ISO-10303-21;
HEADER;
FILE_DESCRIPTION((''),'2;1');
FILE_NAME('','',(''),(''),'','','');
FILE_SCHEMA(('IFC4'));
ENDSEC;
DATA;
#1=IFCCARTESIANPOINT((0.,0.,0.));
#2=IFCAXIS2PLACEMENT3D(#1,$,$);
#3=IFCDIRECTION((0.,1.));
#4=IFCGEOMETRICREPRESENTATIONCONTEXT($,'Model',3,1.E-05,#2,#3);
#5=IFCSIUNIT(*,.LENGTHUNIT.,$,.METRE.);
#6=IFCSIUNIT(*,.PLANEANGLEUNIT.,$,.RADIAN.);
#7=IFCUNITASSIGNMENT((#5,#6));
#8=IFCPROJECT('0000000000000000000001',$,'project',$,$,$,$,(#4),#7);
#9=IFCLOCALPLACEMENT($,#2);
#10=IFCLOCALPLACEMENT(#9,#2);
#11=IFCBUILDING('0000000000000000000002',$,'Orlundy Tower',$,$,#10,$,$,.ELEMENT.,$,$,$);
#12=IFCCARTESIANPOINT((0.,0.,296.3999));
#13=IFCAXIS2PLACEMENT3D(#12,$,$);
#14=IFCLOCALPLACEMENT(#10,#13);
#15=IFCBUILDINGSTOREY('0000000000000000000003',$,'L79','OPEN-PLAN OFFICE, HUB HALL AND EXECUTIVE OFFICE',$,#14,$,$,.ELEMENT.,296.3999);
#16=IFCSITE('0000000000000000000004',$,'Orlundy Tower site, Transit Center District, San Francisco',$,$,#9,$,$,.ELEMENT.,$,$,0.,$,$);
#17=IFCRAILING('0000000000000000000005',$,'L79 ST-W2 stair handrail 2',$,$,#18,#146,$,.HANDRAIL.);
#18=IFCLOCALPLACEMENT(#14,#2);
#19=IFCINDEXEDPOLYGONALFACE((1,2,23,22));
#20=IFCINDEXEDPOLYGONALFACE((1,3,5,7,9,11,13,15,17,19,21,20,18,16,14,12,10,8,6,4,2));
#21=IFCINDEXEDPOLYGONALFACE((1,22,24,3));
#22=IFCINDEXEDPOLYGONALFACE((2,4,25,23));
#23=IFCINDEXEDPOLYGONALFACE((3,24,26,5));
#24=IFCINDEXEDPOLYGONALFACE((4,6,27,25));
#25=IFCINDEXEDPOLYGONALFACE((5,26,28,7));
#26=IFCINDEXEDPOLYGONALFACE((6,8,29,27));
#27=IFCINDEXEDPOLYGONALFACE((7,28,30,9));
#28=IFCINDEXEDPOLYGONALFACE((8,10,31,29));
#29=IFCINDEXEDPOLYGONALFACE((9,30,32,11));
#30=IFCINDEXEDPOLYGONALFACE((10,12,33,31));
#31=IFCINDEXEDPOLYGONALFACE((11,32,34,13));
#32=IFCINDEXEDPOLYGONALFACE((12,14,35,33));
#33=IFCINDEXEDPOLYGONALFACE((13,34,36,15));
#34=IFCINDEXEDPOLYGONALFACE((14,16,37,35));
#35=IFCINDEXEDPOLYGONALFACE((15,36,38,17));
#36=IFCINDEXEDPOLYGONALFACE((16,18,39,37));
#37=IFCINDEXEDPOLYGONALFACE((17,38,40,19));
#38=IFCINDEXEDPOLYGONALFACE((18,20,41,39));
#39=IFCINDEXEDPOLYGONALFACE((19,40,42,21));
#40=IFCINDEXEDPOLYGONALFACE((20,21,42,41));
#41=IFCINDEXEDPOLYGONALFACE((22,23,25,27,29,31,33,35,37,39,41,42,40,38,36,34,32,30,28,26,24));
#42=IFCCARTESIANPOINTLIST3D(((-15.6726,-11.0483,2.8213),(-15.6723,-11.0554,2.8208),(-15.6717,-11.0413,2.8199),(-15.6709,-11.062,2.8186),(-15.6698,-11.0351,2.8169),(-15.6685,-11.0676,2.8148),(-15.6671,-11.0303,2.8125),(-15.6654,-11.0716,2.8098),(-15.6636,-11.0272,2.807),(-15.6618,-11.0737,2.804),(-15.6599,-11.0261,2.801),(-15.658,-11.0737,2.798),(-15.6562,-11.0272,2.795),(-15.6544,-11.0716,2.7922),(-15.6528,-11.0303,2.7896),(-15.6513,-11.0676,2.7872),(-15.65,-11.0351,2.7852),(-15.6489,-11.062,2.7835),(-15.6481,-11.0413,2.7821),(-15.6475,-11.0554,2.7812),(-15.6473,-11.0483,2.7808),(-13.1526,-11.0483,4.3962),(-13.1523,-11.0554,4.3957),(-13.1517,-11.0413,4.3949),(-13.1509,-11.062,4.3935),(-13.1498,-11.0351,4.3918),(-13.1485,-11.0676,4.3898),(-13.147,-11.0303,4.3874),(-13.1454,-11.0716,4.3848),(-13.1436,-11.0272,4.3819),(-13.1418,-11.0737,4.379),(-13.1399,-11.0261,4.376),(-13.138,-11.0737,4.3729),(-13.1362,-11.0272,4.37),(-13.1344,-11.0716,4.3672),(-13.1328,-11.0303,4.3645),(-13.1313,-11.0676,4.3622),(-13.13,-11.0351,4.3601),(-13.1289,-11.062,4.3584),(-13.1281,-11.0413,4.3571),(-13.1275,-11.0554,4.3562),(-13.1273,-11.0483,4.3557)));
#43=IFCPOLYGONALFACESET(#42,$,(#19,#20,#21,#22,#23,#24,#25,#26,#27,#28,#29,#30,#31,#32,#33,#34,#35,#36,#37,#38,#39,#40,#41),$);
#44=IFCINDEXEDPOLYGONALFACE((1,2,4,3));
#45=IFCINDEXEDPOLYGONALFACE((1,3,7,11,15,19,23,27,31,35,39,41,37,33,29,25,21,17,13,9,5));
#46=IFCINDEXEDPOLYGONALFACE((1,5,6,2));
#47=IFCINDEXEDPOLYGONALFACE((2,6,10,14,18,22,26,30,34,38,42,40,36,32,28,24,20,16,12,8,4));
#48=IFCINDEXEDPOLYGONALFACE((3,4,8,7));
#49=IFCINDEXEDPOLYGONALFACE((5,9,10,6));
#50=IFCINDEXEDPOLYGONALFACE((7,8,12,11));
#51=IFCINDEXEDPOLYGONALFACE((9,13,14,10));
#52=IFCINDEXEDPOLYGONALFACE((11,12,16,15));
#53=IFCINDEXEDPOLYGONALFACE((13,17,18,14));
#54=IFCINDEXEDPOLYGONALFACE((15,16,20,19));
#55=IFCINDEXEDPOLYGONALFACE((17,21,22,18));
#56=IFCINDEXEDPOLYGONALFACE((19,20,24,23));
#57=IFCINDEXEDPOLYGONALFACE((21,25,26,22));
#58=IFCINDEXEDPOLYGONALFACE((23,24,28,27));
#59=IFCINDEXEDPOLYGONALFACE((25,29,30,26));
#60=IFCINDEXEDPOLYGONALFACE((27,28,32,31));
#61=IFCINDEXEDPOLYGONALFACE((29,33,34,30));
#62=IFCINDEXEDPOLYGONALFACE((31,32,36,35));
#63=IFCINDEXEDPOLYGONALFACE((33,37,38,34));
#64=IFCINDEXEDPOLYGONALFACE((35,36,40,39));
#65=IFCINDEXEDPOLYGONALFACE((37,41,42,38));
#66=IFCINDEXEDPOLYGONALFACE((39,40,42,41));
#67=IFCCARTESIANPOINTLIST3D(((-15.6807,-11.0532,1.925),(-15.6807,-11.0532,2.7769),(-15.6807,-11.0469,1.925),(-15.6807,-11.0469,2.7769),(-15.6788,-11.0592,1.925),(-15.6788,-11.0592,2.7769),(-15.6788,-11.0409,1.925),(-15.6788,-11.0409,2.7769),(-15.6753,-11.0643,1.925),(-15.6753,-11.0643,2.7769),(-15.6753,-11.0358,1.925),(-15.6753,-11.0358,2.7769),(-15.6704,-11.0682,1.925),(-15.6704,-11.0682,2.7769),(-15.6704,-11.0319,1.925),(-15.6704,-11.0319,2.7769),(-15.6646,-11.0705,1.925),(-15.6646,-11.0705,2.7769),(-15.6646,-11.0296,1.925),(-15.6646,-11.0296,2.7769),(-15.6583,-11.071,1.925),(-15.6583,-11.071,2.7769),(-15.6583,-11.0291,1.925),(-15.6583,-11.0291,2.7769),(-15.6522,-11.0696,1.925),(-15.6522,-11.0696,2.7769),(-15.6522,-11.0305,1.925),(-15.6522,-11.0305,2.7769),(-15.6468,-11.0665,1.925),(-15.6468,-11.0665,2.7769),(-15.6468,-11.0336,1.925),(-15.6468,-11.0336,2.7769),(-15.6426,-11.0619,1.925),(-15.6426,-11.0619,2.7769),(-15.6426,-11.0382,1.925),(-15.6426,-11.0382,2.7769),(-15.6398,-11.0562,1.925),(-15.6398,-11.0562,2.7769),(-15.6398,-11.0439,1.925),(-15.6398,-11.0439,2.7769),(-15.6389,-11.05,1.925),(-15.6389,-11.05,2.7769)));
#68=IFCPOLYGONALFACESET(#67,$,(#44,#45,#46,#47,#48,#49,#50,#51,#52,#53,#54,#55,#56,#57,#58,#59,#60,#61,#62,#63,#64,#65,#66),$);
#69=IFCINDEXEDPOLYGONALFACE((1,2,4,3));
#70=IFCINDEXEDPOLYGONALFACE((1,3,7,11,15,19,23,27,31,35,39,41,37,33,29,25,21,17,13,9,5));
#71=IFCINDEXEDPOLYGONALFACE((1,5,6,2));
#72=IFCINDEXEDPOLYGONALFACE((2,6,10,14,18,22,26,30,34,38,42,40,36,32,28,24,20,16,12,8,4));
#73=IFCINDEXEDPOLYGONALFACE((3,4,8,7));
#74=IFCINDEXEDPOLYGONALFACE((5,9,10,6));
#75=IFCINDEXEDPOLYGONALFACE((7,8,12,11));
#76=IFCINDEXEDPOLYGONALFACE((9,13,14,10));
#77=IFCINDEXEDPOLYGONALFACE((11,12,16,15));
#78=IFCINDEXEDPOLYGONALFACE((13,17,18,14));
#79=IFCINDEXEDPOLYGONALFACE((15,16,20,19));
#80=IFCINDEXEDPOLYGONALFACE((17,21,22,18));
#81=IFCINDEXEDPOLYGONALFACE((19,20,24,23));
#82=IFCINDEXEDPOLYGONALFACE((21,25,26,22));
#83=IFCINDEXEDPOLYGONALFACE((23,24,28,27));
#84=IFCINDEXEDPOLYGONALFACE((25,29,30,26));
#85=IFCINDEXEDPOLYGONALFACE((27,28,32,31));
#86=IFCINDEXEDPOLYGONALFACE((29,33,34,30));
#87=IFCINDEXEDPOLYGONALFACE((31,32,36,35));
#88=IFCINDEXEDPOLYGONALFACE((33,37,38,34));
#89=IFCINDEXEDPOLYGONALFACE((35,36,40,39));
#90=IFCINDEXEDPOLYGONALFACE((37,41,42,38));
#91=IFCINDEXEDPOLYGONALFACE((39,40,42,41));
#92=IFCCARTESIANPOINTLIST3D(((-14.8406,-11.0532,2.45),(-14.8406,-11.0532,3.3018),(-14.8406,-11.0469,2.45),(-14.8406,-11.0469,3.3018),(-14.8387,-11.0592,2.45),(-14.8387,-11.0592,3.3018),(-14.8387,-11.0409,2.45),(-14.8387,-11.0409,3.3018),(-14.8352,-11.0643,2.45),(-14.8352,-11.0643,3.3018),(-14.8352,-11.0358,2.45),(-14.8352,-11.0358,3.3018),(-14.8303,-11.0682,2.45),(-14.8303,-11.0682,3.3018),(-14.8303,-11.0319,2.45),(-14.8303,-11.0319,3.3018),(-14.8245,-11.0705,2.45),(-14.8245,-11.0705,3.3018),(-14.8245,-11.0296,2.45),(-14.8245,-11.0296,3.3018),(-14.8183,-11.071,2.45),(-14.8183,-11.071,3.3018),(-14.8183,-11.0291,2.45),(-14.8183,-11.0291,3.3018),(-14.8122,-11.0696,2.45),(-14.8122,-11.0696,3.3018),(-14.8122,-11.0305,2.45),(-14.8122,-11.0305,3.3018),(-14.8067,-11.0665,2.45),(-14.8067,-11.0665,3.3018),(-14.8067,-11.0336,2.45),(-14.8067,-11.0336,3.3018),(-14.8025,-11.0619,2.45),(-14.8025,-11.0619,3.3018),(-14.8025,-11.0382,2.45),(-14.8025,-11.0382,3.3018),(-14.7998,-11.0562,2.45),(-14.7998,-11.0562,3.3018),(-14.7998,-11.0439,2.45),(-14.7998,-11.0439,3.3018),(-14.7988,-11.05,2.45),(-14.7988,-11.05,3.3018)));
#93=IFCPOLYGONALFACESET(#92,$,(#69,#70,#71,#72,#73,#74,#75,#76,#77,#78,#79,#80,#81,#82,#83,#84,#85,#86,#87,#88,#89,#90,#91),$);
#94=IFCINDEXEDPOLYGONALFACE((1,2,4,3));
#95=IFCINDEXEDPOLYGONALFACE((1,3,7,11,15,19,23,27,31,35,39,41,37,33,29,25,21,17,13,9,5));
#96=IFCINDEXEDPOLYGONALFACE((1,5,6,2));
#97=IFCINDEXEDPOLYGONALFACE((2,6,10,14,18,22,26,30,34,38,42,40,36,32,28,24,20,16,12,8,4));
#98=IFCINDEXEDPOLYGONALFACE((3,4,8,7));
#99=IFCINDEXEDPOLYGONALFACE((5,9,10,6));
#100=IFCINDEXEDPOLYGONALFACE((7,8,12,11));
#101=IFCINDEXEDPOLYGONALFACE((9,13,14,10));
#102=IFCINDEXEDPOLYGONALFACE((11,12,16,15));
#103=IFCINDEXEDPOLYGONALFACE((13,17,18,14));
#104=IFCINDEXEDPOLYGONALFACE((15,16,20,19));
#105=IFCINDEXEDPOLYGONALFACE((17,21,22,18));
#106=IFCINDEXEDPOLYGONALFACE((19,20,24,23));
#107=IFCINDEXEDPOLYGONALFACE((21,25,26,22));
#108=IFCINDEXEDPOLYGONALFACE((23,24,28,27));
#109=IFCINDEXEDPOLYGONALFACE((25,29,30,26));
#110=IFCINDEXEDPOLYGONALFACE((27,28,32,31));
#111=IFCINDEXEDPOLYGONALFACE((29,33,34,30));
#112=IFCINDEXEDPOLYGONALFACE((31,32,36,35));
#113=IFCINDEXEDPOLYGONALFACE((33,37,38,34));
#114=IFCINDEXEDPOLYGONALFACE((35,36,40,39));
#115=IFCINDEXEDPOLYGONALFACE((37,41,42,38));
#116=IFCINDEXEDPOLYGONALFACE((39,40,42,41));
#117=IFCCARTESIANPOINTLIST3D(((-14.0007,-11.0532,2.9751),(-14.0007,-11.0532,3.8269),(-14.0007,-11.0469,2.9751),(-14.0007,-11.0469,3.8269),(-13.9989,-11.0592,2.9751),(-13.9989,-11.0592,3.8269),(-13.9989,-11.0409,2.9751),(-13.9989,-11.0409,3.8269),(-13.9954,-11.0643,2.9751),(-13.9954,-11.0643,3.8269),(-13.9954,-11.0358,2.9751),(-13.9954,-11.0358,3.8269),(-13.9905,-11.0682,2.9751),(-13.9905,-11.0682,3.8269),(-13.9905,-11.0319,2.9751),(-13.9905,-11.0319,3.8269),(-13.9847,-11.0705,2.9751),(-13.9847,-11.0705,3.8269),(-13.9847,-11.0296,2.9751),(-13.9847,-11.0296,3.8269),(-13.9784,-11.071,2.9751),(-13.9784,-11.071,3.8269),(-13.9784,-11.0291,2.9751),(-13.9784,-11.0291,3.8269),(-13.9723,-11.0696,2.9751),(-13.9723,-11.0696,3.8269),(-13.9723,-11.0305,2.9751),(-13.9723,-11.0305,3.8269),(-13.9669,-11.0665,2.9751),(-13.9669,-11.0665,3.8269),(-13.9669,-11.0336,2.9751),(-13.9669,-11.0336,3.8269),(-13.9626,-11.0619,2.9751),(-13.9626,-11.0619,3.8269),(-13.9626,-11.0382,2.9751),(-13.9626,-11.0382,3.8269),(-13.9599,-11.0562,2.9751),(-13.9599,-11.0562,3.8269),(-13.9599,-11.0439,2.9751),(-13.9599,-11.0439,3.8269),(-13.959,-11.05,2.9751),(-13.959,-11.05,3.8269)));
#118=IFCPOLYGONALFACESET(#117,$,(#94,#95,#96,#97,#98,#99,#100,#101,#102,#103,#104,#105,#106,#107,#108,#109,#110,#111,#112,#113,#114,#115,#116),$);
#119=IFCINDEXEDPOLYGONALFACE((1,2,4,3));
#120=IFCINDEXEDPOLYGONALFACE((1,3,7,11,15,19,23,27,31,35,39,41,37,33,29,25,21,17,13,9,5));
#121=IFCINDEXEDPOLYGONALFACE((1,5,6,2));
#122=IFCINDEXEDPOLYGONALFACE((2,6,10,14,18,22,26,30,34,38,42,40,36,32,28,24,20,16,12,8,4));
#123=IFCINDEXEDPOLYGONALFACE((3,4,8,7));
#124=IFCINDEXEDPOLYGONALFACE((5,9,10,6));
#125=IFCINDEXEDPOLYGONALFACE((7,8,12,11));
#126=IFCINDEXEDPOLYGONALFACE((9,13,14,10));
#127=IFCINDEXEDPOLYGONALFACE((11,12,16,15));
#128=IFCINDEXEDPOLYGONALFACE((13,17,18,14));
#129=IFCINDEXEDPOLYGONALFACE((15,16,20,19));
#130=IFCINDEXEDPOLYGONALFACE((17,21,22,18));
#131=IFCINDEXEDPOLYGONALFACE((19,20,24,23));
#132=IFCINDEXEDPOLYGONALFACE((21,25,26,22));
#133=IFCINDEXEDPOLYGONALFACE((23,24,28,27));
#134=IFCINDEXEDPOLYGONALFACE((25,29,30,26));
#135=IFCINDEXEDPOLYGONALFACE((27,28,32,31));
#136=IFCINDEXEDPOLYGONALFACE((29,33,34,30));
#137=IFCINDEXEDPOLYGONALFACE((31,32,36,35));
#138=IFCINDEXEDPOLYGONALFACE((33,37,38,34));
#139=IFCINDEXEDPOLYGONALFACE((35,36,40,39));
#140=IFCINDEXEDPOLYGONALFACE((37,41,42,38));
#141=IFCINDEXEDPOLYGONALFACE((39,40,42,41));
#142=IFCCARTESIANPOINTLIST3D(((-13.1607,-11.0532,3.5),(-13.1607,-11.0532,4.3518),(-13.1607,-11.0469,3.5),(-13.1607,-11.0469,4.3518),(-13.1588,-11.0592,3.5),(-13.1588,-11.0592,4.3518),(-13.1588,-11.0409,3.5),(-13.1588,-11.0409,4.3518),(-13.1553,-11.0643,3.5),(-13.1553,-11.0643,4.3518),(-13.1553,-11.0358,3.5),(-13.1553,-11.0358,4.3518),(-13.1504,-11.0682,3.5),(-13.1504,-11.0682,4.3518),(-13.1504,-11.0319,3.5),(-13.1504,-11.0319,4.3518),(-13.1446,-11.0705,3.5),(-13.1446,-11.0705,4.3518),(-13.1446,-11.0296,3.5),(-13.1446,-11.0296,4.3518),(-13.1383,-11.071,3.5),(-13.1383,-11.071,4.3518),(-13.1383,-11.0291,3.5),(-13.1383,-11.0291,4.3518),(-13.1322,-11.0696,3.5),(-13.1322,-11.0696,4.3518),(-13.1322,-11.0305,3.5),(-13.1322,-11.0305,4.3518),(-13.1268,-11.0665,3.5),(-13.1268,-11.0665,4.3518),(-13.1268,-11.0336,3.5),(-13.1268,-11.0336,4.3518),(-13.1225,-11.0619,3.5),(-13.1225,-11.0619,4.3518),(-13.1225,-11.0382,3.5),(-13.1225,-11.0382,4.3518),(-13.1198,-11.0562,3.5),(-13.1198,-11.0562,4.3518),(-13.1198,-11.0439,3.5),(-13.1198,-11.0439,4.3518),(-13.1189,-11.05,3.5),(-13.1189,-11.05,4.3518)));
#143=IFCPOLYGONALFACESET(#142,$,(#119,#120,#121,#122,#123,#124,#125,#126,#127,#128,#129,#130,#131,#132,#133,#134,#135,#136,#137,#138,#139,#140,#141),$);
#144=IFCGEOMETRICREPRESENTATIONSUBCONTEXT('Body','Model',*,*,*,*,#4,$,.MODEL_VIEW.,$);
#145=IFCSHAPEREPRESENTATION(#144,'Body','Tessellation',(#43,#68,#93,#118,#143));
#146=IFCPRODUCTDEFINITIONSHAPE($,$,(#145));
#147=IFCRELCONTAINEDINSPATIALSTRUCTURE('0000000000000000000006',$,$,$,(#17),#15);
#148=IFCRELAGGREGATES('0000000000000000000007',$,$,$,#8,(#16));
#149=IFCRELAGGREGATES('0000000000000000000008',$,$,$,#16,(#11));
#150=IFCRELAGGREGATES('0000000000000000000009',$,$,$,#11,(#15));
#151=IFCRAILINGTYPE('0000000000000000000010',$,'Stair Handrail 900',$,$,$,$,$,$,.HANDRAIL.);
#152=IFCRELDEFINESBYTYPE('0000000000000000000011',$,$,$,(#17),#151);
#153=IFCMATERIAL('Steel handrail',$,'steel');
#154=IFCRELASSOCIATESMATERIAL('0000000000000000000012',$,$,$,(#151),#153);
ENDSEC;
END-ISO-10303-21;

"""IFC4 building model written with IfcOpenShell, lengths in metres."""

from ifc_helpers import new_model, si_unit, direction, frame, origin, origin_2d, place, context, subcontext, project, spatial, circle, extrude, material, type_object, element, save


model = new_model("IFC4")

# Units and contexts
model_context = context("Model", 3, precision=1e-05, world=origin(), true_north=direction((0.0, 1.0)))
body_context = subcontext(model_context, "Body", "Model", "MODEL_VIEW")
ifc_project = project(units=[si_unit("LENGTHUNIT", "METRE"), si_unit("PLANEANGLEUNIT", "RADIAN")], contexts=[model_context])

# Site, building, storey
site_placement = place(None, origin())
site = spatial("IfcSite", under=ifc_project, at=site_placement, Name="Orlundy Tower site, Transit Center District, San Francisco", CompositionType="ELEMENT", RefElevation=0.0)
building_placement = place(site_placement, origin())
building = spatial("IfcBuilding", under=site, at=building_placement, Name="Orlundy Tower", CompositionType="ELEMENT")
storey_placement = place(building_placement, frame((0.0, 0.0, 296.3999)))
storey = spatial("IfcBuildingStorey", under=building, at=storey_placement, Name="L79", Description="OPEN-PLAN OFFICE, HUB HALL AND EXECUTIVE OFFICE", CompositionType="ELEMENT", Elevation=296.3999)

# Railing
ifc_material_1 = material(Name="Steel handrail", Category="steel")
railing_type = type_object("IfcRailingType", Name="Stair Handrail 900", PredefinedType="HANDRAIL", material=ifc_material_1)
railing_placement = place(storey_placement, frame((-15.6599, -11.05, 1.925)))
element("IfcRailing", 1, at=railing_placement, inside=storey, type_object=railing_type, Name="L79 ST-W2 stair handrail 2", PredefinedType="HANDRAIL", context=body_context, shape_type="SweptSolid", body=[
    extrude(circle(Radius=0.0239, at=origin_2d()), frame((0.0, 0.0, 0.876), z_axis=(0.848008, 0.0, 0.529984), x_axis=(0.0, 1.0, 0.0)), (0.0, 0.0, 1.0), 2.9717),
    extrude(circle(Radius=0.021, at=origin_2d()), origin(), (0.0, 0.0, 1.0), 0.8518),
    extrude(circle(Radius=0.021, at=origin_2d()), frame((0.8401, 0.0, 0.5249)), (0.0, 0.0, 1.0), 0.8518),
    extrude(circle(Radius=0.021, at=origin_2d()), frame((1.6799, 0.0, 1.05)), (0.0, 0.0, 1.0), 0.8518),
    extrude(circle(Radius=0.021, at=origin_2d()), frame((2.52, 0.0, 1.575)), (0.0, 0.0, 1.0), 0.8518),
])

save(model, "model.ifc")
